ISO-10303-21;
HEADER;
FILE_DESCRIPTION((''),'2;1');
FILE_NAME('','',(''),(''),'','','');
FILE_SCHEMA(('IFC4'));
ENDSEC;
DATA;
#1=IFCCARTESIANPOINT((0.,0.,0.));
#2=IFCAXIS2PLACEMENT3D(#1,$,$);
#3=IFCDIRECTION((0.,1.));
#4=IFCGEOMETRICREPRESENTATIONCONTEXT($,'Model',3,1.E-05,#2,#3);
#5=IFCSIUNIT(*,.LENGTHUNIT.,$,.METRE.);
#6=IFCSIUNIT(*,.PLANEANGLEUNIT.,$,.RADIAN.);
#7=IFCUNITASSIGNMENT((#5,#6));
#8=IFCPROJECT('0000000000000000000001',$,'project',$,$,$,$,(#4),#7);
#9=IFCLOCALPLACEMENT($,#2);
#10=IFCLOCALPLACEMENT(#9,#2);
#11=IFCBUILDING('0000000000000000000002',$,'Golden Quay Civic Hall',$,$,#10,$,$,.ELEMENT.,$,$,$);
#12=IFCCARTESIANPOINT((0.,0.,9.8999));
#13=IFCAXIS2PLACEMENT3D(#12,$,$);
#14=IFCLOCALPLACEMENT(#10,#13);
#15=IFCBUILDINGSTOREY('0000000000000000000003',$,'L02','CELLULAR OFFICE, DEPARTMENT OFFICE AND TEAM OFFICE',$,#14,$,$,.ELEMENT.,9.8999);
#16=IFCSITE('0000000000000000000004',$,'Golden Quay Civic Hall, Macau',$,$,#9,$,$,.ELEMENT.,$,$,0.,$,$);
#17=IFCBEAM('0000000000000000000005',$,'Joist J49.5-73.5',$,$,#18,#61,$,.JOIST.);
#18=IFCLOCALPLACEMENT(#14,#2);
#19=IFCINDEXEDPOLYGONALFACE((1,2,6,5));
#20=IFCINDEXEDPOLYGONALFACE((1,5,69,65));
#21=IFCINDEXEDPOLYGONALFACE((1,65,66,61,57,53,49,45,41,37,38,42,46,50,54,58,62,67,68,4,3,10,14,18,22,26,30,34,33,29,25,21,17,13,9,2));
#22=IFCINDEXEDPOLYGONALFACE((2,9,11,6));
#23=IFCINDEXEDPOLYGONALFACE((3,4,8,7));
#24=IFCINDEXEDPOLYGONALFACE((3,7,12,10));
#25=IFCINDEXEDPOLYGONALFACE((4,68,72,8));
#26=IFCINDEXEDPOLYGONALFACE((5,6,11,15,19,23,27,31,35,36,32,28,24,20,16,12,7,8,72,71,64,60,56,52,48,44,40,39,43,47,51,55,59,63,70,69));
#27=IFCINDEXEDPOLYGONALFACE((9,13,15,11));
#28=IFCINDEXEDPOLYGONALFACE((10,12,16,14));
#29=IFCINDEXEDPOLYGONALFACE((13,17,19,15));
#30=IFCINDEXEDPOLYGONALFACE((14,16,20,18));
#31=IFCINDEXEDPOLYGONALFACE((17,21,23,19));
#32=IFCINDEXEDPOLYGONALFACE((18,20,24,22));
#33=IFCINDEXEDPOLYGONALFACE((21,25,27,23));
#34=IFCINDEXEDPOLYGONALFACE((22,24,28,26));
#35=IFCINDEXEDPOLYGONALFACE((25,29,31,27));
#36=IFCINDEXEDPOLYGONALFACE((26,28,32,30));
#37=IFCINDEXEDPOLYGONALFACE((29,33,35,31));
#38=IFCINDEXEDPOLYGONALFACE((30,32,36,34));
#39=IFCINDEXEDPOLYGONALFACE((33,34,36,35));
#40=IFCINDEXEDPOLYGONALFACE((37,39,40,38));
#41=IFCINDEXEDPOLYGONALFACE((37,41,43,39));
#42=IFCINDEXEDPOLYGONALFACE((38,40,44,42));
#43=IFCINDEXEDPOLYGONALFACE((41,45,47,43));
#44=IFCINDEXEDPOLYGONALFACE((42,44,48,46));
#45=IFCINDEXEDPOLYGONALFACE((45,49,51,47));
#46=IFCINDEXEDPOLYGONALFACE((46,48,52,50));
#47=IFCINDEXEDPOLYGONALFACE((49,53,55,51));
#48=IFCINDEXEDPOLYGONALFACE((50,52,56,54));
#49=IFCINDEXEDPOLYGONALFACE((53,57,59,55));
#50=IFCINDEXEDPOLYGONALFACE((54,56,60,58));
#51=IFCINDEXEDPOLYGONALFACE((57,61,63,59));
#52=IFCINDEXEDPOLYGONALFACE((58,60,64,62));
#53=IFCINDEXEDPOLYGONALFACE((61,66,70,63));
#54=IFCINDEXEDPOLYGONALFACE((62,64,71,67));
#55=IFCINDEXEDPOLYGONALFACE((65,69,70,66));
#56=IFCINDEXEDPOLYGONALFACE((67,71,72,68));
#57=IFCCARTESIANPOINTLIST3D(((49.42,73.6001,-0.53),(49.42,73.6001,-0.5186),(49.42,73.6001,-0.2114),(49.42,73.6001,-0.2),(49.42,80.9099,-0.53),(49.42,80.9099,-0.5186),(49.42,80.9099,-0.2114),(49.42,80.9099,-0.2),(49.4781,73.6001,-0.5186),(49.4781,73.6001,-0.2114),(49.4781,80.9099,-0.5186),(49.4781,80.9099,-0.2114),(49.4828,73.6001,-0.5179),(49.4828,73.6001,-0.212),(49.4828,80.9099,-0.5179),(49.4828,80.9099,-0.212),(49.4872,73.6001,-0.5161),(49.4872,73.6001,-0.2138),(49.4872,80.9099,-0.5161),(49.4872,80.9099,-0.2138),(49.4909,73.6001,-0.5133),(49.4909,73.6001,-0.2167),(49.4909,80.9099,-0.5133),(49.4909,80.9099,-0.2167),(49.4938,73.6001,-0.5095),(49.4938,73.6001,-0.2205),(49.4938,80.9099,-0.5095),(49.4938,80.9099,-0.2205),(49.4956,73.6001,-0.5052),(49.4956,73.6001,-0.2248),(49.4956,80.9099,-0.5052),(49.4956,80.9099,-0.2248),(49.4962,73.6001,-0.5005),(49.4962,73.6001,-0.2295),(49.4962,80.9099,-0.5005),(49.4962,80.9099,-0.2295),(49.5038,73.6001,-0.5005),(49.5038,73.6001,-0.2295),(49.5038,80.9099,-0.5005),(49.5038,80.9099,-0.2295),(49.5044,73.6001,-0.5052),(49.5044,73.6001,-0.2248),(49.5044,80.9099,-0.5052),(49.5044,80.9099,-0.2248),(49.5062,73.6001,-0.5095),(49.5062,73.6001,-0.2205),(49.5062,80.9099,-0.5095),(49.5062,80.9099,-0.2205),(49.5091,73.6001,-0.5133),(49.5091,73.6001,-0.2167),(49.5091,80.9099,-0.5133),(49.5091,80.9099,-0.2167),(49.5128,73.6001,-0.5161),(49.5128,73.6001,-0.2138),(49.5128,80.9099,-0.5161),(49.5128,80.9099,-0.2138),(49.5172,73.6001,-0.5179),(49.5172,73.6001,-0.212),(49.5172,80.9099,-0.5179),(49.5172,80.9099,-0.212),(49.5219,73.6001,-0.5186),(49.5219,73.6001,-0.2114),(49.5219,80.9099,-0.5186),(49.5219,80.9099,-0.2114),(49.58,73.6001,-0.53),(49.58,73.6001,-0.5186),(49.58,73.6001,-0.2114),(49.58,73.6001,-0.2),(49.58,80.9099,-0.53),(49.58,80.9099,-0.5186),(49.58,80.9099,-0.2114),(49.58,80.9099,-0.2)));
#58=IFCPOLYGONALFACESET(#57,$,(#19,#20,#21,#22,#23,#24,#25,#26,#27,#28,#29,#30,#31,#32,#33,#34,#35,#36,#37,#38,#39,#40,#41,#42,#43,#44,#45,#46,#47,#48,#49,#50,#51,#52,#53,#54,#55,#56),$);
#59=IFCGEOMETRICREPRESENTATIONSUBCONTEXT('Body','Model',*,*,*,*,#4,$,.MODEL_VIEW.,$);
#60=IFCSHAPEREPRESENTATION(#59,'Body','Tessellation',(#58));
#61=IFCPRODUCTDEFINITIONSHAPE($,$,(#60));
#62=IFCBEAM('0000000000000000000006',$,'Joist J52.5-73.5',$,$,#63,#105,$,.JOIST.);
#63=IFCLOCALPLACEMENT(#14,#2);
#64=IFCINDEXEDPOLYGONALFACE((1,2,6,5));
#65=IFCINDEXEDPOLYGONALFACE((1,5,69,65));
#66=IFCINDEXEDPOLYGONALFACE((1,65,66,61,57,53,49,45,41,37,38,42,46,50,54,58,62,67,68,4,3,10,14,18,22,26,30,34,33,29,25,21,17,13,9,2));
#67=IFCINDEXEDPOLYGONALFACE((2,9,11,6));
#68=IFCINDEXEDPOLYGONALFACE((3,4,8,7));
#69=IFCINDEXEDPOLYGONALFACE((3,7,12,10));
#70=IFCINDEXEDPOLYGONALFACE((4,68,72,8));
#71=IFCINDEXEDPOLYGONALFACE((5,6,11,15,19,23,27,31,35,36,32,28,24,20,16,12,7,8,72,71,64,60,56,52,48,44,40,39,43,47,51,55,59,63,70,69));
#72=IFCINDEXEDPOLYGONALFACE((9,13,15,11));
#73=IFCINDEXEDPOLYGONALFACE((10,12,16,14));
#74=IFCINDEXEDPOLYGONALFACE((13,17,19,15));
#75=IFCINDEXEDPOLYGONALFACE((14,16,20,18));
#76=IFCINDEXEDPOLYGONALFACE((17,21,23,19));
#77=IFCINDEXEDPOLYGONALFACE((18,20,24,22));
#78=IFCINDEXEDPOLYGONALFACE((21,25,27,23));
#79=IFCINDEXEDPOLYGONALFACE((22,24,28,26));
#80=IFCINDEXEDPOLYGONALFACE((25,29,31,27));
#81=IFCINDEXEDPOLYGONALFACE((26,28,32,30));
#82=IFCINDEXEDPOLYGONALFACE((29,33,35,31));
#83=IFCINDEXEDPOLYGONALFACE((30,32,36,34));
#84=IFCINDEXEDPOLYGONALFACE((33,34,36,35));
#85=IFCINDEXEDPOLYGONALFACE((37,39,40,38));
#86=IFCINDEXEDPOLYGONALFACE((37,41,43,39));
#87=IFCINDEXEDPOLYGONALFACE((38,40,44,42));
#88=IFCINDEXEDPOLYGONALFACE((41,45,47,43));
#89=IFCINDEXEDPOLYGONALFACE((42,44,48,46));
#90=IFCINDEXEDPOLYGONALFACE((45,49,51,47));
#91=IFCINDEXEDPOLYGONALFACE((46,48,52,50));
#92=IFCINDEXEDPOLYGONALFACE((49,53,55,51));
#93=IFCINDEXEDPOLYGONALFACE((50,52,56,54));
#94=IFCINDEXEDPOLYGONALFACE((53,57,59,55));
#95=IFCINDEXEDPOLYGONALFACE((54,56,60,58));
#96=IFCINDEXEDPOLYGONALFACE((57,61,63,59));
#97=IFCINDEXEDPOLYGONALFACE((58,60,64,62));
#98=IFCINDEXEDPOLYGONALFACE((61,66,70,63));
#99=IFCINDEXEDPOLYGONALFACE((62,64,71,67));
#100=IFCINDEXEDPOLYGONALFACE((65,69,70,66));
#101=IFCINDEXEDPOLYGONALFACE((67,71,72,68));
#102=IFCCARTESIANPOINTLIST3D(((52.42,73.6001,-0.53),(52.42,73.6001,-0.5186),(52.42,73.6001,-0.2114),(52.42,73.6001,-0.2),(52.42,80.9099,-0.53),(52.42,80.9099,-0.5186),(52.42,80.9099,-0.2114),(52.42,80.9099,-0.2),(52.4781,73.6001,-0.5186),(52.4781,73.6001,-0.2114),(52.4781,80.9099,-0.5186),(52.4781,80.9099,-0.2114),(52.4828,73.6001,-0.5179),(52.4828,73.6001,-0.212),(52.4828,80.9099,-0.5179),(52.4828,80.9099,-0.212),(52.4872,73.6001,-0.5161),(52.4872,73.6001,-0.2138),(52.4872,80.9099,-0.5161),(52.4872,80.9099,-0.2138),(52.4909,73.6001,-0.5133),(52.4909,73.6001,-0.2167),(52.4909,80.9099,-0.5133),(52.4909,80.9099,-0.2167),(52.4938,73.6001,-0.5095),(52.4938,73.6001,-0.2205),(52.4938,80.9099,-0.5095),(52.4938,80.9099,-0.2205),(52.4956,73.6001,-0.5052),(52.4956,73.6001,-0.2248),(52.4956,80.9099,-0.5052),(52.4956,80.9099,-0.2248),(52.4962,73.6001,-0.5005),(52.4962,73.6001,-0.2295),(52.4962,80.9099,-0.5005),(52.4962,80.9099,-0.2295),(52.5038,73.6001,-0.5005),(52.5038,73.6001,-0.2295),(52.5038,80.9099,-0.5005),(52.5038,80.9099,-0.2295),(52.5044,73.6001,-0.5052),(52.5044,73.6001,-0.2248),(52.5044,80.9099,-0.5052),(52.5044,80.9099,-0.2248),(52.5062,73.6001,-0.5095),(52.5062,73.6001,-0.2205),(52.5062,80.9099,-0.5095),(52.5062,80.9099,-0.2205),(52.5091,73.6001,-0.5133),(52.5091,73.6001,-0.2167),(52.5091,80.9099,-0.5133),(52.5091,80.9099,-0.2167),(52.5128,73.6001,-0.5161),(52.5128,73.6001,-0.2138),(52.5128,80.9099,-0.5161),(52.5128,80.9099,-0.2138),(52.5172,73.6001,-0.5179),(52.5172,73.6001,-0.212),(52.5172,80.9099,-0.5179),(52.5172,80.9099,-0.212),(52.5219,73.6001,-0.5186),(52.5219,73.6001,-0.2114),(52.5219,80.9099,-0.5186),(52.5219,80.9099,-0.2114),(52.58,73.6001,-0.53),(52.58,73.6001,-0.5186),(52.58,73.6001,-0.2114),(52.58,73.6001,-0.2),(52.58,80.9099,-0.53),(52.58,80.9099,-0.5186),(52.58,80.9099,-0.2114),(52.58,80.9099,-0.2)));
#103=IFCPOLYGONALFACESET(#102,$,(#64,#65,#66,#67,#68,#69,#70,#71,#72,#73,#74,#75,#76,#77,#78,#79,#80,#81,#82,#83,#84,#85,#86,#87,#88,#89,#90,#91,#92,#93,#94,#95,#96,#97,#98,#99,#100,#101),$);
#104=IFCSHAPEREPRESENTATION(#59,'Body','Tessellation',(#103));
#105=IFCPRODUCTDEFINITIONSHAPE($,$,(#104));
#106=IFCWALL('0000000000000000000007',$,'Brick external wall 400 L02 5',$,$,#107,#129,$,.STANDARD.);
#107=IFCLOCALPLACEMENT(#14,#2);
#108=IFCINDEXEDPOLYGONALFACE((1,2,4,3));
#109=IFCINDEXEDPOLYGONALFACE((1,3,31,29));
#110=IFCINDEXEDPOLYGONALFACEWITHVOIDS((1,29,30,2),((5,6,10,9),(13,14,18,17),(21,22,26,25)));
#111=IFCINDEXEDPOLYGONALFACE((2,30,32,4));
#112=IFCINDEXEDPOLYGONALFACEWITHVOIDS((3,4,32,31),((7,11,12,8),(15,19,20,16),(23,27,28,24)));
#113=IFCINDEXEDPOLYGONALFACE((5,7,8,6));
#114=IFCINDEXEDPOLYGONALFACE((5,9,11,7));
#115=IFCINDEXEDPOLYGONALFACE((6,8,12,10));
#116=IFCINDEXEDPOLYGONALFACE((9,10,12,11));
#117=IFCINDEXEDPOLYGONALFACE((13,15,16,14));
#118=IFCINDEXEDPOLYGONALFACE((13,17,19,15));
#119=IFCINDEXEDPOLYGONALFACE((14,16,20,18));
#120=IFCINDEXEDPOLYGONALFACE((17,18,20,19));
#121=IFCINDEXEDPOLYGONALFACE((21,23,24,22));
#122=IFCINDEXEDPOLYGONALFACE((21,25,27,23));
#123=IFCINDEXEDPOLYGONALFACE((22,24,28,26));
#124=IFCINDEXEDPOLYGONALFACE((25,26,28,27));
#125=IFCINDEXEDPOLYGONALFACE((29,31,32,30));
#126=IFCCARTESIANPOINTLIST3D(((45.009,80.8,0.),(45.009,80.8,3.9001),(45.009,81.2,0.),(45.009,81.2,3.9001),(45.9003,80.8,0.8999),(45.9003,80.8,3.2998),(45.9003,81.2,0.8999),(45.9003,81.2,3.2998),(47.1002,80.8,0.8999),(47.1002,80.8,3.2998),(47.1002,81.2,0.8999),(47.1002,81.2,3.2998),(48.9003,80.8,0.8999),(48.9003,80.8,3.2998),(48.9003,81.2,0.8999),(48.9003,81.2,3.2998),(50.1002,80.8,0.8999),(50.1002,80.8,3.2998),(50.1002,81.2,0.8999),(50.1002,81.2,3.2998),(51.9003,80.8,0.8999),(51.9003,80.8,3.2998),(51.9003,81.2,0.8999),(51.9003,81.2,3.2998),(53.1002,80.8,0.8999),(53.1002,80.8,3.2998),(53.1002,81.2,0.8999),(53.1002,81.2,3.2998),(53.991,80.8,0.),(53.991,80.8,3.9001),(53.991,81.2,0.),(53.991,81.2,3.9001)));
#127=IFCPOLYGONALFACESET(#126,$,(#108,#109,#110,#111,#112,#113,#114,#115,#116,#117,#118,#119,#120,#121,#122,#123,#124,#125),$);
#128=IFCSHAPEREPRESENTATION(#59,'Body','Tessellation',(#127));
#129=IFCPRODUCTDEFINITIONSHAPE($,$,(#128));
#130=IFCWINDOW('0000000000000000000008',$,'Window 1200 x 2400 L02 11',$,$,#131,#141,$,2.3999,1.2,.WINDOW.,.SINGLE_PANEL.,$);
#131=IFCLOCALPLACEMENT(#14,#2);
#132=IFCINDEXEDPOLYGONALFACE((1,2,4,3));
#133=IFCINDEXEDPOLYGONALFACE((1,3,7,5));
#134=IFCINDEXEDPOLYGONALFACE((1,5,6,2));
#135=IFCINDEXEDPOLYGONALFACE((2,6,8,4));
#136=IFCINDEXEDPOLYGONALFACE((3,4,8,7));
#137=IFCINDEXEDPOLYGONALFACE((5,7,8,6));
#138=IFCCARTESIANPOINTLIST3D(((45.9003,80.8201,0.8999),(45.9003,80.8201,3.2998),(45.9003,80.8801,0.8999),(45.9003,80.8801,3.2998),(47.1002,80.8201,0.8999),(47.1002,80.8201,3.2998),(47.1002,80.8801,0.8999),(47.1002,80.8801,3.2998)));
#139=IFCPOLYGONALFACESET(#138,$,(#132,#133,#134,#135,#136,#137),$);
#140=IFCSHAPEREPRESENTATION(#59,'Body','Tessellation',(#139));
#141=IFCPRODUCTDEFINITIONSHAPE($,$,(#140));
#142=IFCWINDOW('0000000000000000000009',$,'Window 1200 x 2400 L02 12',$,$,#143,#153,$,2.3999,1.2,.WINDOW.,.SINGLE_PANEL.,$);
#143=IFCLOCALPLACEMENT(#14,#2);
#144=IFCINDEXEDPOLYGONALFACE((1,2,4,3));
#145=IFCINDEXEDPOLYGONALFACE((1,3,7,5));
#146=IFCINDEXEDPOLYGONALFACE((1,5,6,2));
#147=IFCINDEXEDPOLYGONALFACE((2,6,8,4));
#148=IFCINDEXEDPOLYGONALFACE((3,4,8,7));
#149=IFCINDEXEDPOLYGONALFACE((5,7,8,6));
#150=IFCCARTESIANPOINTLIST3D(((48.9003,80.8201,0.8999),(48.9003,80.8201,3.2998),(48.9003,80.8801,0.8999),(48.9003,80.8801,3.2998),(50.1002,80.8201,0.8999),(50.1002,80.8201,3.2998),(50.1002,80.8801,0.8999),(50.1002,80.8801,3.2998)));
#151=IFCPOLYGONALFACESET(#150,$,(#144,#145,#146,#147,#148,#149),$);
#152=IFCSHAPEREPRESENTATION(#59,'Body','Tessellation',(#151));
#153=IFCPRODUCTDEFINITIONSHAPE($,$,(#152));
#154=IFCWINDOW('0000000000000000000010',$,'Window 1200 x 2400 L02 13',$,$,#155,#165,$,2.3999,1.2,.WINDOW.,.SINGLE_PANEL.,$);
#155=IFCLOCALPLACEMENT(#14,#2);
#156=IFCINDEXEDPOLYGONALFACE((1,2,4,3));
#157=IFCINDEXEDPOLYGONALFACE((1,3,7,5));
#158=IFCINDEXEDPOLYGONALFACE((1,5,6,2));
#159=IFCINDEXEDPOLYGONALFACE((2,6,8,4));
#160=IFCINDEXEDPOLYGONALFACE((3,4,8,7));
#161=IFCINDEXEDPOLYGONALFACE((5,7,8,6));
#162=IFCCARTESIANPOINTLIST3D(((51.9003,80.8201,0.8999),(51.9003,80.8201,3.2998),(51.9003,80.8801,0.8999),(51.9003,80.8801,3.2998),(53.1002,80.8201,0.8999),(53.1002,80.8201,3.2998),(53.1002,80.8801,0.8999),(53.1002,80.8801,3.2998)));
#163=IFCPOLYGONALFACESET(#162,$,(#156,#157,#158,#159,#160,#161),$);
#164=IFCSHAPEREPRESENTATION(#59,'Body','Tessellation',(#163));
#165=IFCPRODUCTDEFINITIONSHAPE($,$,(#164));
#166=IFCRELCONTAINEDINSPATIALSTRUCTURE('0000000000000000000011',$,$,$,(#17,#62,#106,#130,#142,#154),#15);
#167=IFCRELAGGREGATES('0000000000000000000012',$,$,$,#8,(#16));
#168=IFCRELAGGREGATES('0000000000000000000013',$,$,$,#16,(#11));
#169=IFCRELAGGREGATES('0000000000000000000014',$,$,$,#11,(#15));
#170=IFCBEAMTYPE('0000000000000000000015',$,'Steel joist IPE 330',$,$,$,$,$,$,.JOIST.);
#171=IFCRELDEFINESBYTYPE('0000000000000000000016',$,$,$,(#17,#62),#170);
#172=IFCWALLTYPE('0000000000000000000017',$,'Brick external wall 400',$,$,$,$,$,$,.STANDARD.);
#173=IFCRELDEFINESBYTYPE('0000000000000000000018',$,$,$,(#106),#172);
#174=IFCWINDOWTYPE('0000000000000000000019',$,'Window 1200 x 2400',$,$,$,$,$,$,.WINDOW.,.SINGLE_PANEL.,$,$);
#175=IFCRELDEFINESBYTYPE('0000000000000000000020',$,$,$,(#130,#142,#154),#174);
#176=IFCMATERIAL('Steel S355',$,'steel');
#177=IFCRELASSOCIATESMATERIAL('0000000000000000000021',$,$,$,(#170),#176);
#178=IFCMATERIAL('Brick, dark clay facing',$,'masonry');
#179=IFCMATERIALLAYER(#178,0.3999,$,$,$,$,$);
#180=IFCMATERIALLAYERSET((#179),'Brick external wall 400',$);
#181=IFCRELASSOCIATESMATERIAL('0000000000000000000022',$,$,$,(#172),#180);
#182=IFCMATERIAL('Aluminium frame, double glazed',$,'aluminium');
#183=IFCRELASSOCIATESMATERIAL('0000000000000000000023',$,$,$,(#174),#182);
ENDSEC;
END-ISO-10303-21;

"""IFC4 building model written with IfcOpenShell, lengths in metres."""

from ifc_helpers import new_model, si_unit, direction, frame, frame_2d, origin, origin_2d, place, context, subcontext, project, spatial, rectangle, i_section, extrude, material, layer, layer_set, material_profile, profile_set, type_object, element, fill, save


model = new_model("IFC4")

# Units and contexts
model_context = context("Model", 3, precision=1e-05, world=origin(), true_north=direction((0.0, 1.0)))
body_context = subcontext(model_context, "Body", "Model", "MODEL_VIEW")
ifc_project = project(units=[si_unit("LENGTHUNIT", "METRE"), si_unit("PLANEANGLEUNIT", "RADIAN")], contexts=[model_context])

# Site, building, storey
site_placement = place(None, origin())
site = spatial("IfcSite", under=ifc_project, at=site_placement, Name="Golden Quay Civic Hall, Macau", CompositionType="ELEMENT", RefElevation=0.0)
building_placement = place(site_placement, origin())
building = spatial("IfcBuilding", under=site, at=building_placement, Name="Golden Quay Civic Hall", CompositionType="ELEMENT")
storey_placement = place(building_placement, frame((0.0, 0.0, 9.8999)))
storey = spatial("IfcBuildingStorey", under=building, at=storey_placement, Name="L02", Description="CELLULAR OFFICE, DEPARTMENT OFFICE AND TEAM OFFICE", CompositionType="ELEMENT", Elevation=9.8999)

# Beams
ifc_material_1 = material(Name="Steel S355", Category="steel")
ifc_material_profile_1 = material_profile(ifc_material_1, i_section(OverallWidth=0.1599, OverallDepth=0.3301, WebThickness=0.0076, FlangeThickness=0.0115, FilletRadius=0.0181, at=origin_2d()), Name="IPE 330")
ifc_profile_set_1 = profile_set([ifc_material_profile_1], Name="Steel S355")
beam_type_1 = type_object("IfcBeamType", Name="Steel joist IPE 330", PredefinedType="JOIST", material=ifc_profile_set_1)
for number, where, z_axis, x_axis, name in (
    (1, (49.5, 73.6001, -0.365), (0.0, 1.0, 0.0), (-1.0, 0.0, 0.0), "Joist J49.5-73.5"),
    (2, (52.5, 73.6001, -0.365), (0.0, 1.0, 0.0), (-1.0, 0.0, 0.0), "Joist J52.5-73.5"),
):
    element("IfcBeam", number, at=place(storey_placement, frame(where, z_axis=z_axis, x_axis=x_axis)), inside=storey, type_object=beam_type_1, Name=name, PredefinedType="JOIST", context=body_context, shape_type="SweptSolid", body=[
        extrude(i_section(OverallWidth=0.1599, OverallDepth=0.3301, WebThickness=0.0076, FlangeThickness=0.0115, FilletRadius=0.0181, at=origin_2d()), origin(), (0.0, 0.0, 1.0), 7.3098),
    ])

# Wall, openings, windows
ifc_material_2 = material(Name="Brick, dark clay facing", Category="masonry")
ifc_layer_1 = layer(ifc_material_2, 0.3999)
ifc_layer_set_1 = layer_set([ifc_layer_1], Name="Brick external wall 400")
wall_type_1 = type_object("IfcWallType", Name="Brick external wall 400", PredefinedType="STANDARD", material=ifc_layer_set_1)
wall_1_placement = place(storey_placement, frame((45.009, 81.0, 0.0), z_axis=(0.0, 0.0, 1.0), x_axis=(1.0, 0.0, 0.0)))
wall_1 = element("IfcWall", 3, at=wall_1_placement, inside=storey, type_object=wall_type_1, Name="Brick external wall 400 L02 5", PredefinedType="STANDARD", context=body_context, shape_type="SweptSolid", body=[
    extrude(rectangle(XDim=8.9819, YDim=0.3999, at=frame_2d((4.491, 0.0))), origin(), (0.0, 0.0, 1.0), 3.9001),
])
opening_1_placement = place(wall_1_placement, frame((0.8911, 0.0, 0.8999)))
opening_1 = element("IfcOpeningElement", 4, at=opening_1_placement, cuts=wall_1, PredefinedType="OPENING", context=body_context, shape_type="SweptSolid", body=[
    extrude(rectangle(XDim=1.2, YDim=2.3999, at=frame_2d((0.6001, 1.2))), frame((0.0, 0.21, 0.0), z_axis=(0.0, -1.0, 0.0), x_axis=(1.0, 0.0, 0.0)), (0.0, 0.0, 1.0), 0.4199),
])
opening_2_placement = place(wall_1_placement, frame((3.8911, 0.0, 0.8999)))
opening_2 = element("IfcOpeningElement", 5, at=opening_2_placement, cuts=wall_1, PredefinedType="OPENING", context=body_context, shape_type="SweptSolid", body=[
    extrude(rectangle(XDim=1.2, YDim=2.3999, at=frame_2d((0.6001, 1.2))), frame((0.0, 0.21, 0.0), z_axis=(0.0, -1.0, 0.0), x_axis=(1.0, 0.0, 0.0)), (0.0, 0.0, 1.0), 0.4199),
])
opening_3_placement = place(wall_1_placement, frame((6.8911, 0.0, 0.8999)))
opening_3 = element("IfcOpeningElement", 6, at=opening_3_placement, cuts=wall_1, PredefinedType="OPENING", context=body_context, shape_type="SweptSolid", body=[
    extrude(rectangle(XDim=1.2, YDim=2.3999, at=frame_2d((0.6001, 1.2))), frame((0.0, 0.21, 0.0), z_axis=(0.0, -1.0, 0.0), x_axis=(1.0, 0.0, 0.0)), (0.0, 0.0, 1.0), 0.4199),
])
ifc_material_3 = material(Name="Aluminium frame, double glazed", Category="aluminium")
window_type_1 = type_object("IfcWindowType", Name="Window 1200 x 2400", PartitioningType="SINGLE_PANEL", PredefinedType="WINDOW", material=ifc_material_3)
window_1_placement = place(opening_1_placement, origin())
window_1 = element("IfcWindow", 7, at=window_1_placement, inside=storey, type_object=window_type_1, Name="Window 1200 x 2400 L02 11", OverallHeight=2.3999, OverallWidth=1.2, PartitioningType="SINGLE_PANEL", PredefinedType="WINDOW", context=body_context, shape_type="SweptSolid", body=[
    extrude(rectangle(XDim=1.2, YDim=2.3999, at=frame_2d((0.6001, 1.2))), frame((0.0, -0.1199, 0.0), z_axis=(0.0, -1.0, 0.0), x_axis=(1.0, 0.0, 0.0)), (0.0, 0.0, 1.0), 0.0601),
])
fill(opening_1, window_1)
window_2_placement = place(opening_2_placement, origin())
window_2 = element("IfcWindow", 8, at=window_2_placement, inside=storey, type_object=window_type_1, Name="Window 1200 x 2400 L02 12", OverallHeight=2.3999, OverallWidth=1.2, PartitioningType="SINGLE_PANEL", PredefinedType="WINDOW", context=body_context, shape_type="SweptSolid", body=[
    extrude(rectangle(XDim=1.2, YDim=2.3999, at=frame_2d((0.6001, 1.2))), frame((0.0, -0.1199, 0.0), z_axis=(0.0, -1.0, 0.0), x_axis=(1.0, 0.0, 0.0)), (0.0, 0.0, 1.0), 0.0601),
])
fill(opening_2, window_2)
window_3_placement = place(opening_3_placement, origin())
window_3 = element("IfcWindow", 9, at=window_3_placement, inside=storey, type_object=window_type_1, Name="Window 1200 x 2400 L02 13", OverallHeight=2.3999, OverallWidth=1.2, PartitioningType="SINGLE_PANEL", PredefinedType="WINDOW", context=body_context, shape_type="SweptSolid", body=[
    extrude(rectangle(XDim=1.2, YDim=2.3999, at=frame_2d((0.6001, 1.2))), frame((0.0, -0.1199, 0.0), z_axis=(0.0, -1.0, 0.0), x_axis=(1.0, 0.0, 0.0)), (0.0, 0.0, 1.0), 0.0601),
])
fill(opening_3, window_3)

save(model, "model.ifc")
